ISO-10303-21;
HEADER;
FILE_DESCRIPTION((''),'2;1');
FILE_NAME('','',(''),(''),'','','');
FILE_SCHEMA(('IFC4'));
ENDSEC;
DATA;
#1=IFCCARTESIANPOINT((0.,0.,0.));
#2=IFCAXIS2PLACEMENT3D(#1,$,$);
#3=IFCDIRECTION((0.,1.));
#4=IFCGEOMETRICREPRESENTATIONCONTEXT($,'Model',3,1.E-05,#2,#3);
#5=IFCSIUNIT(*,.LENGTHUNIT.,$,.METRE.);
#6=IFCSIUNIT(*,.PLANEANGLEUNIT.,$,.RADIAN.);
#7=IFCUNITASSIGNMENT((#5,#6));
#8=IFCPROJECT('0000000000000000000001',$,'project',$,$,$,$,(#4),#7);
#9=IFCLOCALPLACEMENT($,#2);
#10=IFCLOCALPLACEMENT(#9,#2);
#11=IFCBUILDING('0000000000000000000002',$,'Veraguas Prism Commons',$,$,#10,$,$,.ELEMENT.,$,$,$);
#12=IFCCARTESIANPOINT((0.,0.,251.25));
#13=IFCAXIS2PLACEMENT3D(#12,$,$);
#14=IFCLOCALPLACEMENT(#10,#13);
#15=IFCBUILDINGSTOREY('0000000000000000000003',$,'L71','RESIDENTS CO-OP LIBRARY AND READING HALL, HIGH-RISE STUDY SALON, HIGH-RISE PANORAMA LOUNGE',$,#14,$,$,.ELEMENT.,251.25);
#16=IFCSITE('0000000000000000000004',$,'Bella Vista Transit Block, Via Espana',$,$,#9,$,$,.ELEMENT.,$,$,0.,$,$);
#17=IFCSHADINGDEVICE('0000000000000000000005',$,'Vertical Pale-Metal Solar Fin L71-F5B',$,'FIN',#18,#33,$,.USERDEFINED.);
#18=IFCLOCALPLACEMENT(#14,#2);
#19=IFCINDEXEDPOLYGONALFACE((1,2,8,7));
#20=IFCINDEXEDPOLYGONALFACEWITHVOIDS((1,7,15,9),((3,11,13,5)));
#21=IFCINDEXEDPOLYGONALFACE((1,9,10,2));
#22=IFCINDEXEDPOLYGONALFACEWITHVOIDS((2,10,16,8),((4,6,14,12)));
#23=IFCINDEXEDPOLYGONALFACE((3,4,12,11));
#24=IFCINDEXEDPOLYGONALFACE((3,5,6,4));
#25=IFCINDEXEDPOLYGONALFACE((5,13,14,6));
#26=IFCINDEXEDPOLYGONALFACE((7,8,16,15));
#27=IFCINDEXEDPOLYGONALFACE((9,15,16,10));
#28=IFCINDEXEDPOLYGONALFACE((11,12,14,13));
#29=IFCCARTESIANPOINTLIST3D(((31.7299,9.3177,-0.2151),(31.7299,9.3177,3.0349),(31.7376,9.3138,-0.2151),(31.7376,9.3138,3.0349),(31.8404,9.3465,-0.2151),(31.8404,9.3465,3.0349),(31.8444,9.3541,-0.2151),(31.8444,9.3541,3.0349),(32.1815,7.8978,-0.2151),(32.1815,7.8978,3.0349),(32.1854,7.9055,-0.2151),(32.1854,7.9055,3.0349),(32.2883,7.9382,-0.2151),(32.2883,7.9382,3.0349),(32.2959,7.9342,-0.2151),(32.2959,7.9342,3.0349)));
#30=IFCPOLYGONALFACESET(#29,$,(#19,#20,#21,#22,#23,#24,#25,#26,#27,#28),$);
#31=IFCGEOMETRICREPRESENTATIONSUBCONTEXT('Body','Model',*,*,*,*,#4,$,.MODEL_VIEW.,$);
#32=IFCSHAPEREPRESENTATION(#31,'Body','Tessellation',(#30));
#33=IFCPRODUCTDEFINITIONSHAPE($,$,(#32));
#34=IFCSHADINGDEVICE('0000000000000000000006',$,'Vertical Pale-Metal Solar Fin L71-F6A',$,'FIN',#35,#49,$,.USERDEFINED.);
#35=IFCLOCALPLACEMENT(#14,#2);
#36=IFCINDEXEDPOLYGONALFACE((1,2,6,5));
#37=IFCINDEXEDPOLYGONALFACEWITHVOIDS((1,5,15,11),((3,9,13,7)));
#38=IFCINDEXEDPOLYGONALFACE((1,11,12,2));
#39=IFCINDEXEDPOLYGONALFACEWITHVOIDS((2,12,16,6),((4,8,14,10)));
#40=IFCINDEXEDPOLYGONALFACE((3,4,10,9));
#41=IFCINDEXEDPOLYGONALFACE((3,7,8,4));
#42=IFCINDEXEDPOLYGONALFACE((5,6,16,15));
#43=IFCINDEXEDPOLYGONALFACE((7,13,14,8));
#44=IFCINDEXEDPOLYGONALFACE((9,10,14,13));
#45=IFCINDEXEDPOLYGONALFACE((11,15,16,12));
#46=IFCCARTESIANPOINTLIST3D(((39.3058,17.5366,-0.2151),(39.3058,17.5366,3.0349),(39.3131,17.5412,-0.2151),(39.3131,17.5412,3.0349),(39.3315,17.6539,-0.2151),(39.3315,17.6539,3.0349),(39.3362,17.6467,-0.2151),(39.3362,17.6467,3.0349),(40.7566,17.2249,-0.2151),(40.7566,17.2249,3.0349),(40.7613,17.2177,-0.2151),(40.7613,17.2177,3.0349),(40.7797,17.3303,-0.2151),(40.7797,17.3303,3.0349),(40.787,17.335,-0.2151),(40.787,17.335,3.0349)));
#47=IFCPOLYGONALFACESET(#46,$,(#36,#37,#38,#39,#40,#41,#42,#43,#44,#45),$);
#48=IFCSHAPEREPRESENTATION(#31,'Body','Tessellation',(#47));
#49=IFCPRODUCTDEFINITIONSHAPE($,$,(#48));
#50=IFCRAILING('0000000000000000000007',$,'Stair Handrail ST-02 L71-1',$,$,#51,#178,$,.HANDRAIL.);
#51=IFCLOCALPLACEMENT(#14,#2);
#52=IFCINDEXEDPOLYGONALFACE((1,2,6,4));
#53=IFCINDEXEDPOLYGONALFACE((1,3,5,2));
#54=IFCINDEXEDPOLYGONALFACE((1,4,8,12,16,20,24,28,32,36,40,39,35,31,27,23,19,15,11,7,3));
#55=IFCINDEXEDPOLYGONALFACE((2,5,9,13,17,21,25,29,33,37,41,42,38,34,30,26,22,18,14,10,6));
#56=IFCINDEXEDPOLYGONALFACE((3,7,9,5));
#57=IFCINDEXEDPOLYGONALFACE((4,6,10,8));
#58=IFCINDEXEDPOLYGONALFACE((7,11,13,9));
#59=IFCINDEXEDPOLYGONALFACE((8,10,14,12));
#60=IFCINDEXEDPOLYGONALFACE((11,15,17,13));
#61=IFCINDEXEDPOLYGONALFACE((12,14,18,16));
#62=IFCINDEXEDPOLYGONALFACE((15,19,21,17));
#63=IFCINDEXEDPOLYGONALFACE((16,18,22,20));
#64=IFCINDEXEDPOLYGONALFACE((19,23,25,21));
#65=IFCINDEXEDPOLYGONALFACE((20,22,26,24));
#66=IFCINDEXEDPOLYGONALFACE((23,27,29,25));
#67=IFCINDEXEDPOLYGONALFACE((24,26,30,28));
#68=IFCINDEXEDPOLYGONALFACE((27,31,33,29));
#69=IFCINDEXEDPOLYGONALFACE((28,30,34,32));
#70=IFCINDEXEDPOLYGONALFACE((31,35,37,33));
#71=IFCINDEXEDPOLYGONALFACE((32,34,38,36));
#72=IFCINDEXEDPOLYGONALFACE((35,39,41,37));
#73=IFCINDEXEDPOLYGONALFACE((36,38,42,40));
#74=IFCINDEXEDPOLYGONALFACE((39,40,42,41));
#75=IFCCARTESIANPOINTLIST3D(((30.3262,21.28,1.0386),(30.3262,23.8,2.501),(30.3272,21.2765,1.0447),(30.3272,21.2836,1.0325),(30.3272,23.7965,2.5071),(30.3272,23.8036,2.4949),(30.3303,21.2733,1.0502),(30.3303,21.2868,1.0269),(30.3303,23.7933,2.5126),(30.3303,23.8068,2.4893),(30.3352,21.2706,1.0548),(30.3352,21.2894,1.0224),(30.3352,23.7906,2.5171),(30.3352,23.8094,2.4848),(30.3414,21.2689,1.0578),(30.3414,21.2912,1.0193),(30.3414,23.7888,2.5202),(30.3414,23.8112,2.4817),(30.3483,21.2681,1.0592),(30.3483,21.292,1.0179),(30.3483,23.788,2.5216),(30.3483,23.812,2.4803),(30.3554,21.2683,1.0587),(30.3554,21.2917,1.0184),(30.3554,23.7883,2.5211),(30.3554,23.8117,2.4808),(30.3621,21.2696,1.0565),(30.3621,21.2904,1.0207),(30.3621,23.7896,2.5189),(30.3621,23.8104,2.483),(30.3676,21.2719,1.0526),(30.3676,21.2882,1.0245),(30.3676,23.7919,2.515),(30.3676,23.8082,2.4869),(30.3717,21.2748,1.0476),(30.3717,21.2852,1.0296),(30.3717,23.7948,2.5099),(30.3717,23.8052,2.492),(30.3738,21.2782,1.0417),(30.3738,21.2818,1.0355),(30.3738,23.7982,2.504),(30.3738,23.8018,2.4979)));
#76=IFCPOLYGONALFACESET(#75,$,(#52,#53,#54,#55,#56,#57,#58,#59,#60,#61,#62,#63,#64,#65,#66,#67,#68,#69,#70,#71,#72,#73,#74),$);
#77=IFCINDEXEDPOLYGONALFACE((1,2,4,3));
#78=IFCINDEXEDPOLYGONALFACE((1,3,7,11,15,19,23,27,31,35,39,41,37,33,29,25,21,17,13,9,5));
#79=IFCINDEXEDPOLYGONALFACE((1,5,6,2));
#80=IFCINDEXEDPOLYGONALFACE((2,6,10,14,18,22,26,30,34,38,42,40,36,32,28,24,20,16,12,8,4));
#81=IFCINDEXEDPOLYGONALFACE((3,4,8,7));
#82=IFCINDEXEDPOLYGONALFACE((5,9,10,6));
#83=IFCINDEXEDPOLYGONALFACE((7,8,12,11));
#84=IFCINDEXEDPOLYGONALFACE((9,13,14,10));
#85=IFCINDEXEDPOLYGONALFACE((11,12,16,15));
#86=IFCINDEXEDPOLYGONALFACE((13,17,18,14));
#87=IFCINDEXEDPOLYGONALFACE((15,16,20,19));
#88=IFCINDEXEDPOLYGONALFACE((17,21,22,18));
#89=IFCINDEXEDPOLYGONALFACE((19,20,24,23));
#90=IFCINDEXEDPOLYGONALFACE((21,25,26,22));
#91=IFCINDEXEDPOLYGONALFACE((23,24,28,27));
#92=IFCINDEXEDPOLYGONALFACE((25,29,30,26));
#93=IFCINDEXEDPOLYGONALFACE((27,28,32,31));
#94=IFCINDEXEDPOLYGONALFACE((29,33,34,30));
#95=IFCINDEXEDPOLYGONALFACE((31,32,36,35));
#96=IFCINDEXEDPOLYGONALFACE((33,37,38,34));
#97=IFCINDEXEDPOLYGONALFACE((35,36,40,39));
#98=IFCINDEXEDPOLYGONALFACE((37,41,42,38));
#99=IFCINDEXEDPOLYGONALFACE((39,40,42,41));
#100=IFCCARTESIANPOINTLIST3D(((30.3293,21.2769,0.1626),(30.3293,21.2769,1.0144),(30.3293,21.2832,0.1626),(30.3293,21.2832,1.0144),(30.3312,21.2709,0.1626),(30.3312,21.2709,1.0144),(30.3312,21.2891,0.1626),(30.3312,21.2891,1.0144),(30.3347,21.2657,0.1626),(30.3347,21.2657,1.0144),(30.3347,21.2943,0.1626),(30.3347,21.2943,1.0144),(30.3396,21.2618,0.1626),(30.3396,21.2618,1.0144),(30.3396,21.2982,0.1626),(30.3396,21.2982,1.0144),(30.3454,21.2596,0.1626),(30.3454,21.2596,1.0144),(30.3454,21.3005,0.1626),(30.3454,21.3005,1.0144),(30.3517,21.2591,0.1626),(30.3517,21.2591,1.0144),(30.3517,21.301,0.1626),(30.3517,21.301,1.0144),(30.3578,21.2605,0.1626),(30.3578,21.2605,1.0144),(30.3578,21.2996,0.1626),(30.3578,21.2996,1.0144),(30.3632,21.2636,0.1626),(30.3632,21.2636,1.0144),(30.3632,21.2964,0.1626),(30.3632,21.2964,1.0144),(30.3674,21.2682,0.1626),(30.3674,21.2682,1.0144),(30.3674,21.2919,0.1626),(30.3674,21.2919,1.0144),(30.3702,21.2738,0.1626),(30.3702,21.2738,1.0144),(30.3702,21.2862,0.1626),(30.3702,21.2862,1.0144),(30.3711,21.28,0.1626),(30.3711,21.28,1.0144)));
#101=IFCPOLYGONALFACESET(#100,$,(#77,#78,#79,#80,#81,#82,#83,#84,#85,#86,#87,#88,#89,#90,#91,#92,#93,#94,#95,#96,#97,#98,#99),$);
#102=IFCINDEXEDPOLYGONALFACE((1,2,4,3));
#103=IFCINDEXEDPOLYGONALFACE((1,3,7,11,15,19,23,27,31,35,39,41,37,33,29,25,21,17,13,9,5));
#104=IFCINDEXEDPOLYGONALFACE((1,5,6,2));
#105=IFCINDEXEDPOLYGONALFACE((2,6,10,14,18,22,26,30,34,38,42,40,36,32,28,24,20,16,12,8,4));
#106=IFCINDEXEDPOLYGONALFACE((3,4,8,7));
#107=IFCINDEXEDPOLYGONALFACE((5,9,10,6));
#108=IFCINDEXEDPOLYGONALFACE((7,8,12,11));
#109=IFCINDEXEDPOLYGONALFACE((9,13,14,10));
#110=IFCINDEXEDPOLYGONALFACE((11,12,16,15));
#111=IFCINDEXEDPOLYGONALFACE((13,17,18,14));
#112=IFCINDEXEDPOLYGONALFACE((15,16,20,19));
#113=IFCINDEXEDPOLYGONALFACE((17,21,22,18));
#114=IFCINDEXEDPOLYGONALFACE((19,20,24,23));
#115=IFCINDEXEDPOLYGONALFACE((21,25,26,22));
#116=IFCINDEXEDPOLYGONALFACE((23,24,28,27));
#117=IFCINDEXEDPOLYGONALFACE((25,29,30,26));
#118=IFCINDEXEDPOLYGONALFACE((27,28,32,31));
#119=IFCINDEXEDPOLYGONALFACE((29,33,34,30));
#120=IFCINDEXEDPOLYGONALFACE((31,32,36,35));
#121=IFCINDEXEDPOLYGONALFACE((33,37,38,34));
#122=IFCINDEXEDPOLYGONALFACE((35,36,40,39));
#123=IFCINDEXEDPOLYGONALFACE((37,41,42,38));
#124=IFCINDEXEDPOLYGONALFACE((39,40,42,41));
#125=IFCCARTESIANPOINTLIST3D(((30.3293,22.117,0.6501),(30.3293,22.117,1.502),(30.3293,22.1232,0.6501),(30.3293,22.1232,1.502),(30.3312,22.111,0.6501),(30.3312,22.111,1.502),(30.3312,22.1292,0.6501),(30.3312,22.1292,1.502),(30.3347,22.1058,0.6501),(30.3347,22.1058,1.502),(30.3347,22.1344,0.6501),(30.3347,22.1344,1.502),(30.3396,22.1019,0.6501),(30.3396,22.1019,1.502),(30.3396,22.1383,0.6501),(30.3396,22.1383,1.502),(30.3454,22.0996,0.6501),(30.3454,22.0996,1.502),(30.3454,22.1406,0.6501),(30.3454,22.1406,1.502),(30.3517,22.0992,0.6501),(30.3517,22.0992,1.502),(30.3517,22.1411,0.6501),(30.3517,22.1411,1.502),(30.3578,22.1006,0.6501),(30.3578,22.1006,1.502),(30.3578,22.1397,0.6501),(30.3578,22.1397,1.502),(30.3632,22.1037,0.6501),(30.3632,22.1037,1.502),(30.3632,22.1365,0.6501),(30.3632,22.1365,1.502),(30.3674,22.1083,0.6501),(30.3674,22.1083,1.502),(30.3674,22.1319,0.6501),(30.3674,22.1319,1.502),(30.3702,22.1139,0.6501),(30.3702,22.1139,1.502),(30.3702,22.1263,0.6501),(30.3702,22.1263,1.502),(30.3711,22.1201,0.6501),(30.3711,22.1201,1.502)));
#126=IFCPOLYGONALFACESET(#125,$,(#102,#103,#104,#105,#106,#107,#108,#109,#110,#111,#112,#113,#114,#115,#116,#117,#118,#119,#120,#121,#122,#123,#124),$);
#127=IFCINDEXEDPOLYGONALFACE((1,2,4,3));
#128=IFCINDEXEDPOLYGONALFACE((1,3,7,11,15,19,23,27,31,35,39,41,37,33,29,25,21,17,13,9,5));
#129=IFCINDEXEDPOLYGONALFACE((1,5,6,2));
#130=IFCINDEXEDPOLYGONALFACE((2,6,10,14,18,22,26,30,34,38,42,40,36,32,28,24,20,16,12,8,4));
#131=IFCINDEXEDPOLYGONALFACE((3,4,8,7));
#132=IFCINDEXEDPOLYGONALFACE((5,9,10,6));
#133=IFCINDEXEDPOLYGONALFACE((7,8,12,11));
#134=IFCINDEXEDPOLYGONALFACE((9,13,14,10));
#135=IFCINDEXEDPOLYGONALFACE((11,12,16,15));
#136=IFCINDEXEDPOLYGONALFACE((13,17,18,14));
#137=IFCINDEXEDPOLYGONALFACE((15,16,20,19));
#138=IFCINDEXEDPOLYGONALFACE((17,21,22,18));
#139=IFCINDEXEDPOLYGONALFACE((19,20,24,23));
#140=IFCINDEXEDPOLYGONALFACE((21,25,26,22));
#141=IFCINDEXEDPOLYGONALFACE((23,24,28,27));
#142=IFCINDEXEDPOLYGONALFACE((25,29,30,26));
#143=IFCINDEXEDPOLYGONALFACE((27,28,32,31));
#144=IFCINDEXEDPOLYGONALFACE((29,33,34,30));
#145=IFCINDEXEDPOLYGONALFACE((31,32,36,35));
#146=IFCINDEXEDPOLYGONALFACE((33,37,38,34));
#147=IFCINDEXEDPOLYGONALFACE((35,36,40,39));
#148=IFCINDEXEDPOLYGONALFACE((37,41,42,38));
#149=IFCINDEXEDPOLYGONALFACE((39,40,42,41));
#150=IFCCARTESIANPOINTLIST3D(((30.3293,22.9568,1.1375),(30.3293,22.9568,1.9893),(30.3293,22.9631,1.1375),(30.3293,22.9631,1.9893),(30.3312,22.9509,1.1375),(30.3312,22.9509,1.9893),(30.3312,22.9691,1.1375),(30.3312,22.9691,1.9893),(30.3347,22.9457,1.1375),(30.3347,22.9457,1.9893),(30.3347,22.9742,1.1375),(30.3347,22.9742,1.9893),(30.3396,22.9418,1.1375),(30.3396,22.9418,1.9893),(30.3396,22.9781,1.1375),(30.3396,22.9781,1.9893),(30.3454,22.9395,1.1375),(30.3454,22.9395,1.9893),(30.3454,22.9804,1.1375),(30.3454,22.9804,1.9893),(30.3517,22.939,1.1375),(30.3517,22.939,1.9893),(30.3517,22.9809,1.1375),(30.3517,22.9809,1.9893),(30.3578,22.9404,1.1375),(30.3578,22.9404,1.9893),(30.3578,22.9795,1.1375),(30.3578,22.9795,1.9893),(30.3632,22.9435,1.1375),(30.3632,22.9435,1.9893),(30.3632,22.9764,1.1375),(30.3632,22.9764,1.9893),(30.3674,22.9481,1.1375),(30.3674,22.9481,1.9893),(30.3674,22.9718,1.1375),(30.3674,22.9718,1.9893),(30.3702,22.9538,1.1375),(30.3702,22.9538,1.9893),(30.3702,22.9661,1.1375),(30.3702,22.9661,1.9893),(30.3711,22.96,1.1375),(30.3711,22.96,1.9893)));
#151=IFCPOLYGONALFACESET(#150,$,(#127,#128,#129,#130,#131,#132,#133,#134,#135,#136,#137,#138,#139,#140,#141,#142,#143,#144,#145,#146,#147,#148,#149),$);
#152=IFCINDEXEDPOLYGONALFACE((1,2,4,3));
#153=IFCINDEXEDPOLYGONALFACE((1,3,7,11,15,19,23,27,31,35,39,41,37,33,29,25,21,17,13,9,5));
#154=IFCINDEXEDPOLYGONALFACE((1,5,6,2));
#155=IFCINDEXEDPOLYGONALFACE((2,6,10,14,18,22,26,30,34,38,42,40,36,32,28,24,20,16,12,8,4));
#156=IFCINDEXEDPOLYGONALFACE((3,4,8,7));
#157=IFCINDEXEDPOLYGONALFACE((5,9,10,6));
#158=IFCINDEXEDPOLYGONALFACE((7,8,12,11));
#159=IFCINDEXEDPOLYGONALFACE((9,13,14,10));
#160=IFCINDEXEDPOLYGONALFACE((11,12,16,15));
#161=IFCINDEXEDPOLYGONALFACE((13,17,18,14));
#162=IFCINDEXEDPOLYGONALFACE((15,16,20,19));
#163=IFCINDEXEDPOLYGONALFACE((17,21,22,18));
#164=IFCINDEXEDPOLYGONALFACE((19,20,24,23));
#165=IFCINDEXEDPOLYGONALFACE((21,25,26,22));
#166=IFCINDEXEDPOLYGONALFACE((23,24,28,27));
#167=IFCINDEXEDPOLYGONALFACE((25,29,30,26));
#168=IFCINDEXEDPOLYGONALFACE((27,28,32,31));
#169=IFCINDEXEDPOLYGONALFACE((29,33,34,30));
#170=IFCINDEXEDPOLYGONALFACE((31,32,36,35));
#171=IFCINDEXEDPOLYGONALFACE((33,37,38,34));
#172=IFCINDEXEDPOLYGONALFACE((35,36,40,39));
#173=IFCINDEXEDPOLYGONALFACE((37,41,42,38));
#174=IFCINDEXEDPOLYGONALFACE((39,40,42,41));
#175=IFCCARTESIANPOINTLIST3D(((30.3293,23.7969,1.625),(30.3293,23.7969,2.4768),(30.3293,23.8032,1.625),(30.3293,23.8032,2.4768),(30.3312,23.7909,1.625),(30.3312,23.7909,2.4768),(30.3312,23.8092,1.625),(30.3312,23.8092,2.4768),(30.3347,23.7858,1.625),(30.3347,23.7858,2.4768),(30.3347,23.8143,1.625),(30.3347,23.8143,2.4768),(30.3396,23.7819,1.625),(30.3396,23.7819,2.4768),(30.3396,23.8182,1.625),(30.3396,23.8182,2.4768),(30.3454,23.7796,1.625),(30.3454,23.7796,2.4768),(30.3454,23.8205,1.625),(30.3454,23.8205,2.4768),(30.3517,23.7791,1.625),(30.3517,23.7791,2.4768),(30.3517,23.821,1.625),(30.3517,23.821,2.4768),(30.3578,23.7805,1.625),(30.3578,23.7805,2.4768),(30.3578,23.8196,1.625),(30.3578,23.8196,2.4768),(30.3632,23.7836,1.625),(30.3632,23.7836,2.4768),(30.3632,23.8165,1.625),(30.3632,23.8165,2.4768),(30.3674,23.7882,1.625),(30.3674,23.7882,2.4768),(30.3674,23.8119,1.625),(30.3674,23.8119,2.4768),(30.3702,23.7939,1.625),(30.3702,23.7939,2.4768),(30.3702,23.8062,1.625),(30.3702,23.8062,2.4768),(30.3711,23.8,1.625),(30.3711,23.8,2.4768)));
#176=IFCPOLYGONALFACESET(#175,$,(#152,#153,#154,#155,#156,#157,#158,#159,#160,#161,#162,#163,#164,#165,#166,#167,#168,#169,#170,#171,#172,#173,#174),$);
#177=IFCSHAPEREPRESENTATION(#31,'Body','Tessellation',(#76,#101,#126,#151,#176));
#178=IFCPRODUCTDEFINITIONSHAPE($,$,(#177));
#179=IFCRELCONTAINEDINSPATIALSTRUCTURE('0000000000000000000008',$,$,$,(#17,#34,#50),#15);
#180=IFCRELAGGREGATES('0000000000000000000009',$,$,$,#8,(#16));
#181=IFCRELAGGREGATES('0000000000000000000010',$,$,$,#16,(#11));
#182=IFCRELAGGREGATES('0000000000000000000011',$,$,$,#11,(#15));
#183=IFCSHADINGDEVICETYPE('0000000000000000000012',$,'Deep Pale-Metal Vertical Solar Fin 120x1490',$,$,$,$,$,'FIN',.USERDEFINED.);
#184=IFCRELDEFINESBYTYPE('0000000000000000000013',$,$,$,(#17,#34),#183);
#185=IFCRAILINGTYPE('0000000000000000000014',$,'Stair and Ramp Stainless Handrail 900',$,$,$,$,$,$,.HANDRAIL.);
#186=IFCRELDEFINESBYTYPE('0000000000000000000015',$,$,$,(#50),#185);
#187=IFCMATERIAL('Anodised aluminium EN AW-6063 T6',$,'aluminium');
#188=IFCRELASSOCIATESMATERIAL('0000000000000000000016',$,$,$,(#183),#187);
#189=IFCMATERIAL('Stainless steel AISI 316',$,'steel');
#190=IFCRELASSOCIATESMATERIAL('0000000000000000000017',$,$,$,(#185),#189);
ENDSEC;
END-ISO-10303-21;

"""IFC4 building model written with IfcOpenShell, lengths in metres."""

from ifc_helpers import new_model, si_unit, direction, frame, origin, origin_2d, place, context, subcontext, project, spatial, hollow_rectangle, circle, extrude, material, material_profile, profile_set, type_object, element, save


model = new_model("IFC4")

# Units and contexts
model_context = context("Model", 3, precision=1e-05, world=origin(), true_north=direction((0.0, 1.0)))
body_context = subcontext(model_context, "Body", "Model", "MODEL_VIEW")
ifc_project = project(units=[si_unit("LENGTHUNIT", "METRE"), si_unit("PLANEANGLEUNIT", "RADIAN")], contexts=[model_context])

# Site, building, storey
site_placement = place(None, origin())
site = spatial("IfcSite", under=ifc_project, at=site_placement, Name="Bella Vista Transit Block, Via Espana", CompositionType="ELEMENT", RefElevation=0.0)
building_placement = place(site_placement, origin())
building = spatial("IfcBuilding", under=site, at=building_placement, Name="Veraguas Prism Commons", CompositionType="ELEMENT")
storey_placement = place(building_placement, frame((0.0, 0.0, 251.25)))
storey = spatial("IfcBuildingStorey", under=building, at=storey_placement, Name="L71", Description="RESIDENTS CO-OP LIBRARY AND READING HALL, HIGH-RISE STUDY SALON, HIGH-RISE PANORAMA LOUNGE", CompositionType="ELEMENT", Elevation=251.25)

# Shared definitions
ifc_material_1 = material(Name="Anodised aluminium EN AW-6063 T6", Category="aluminium")

# Shading devices
ifc_material_profile_1 = material_profile(ifc_material_1, hollow_rectangle(XDim=0.1201, YDim=1.49, WallThickness=0.0061, at=origin_2d()), Name="FIN120X1490X6")
ifc_profile_set_1 = profile_set([ifc_material_profile_1], Name="Anodised aluminium EN AW-6063 T6")
shading_device_type = type_object("IfcShadingDeviceType", Name="Deep Pale-Metal Vertical Solar Fin 120x1490", ElementType="FIN", PredefinedType="USERDEFINED", material=ifc_profile_set_1)
for number, where, z_axis, x_axis, name in (
    (1, (32.0129, 8.626, -0.2151), (0.0, 0.0, 1.0), (0.952979, 0.303035, 0.0), "Vertical Pale-Metal Solar Fin L71-F5B"),
    (2, (40.0464, 17.4358, -0.2151), (0.0, 0.0, 1.0), (0.214048, 0.976823, 0.0), "Vertical Pale-Metal Solar Fin L71-F6A"),
):
    element("IfcShadingDevice", number, at=place(storey_placement, frame(where, z_axis=z_axis, x_axis=x_axis)), inside=storey, type_object=shading_device_type, Name=name, ObjectType="FIN", PredefinedType="USERDEFINED", context=body_context, shape_type="SweptSolid", body=[
        extrude(hollow_rectangle(XDim=0.1201, YDim=1.49, WallThickness=0.0061, at=origin_2d()), origin(), (0.0, 0.0, 1.0), 3.25),
    ])

# Railing
ifc_material_2 = material(Name="Stainless steel AISI 316", Category="steel")
railing_type = type_object("IfcRailingType", Name="Stair and Ramp Stainless Handrail 900", PredefinedType="HANDRAIL", material=ifc_material_2)
railing_placement = place(storey_placement, frame((30.3501, 21.28, 0.1626)))
element("IfcRailing", 3, at=railing_placement, inside=storey, type_object=railing_type, Name="Stair Handrail ST-02 L71-1", PredefinedType="HANDRAIL", context=body_context, shape_type="SweptSolid", body=[
    extrude(circle(Radius=0.0239, at=origin_2d()), frame((0.0, 0.0, 0.876), z_axis=(0.0, 0.864913, 0.501921), x_axis=(-1.0, 0.0, 0.0)), (0.0, 0.0, 1.0), 2.9136),
    extrude(circle(Radius=0.021, at=origin_2d()), origin(), (0.0, 0.0, 1.0), 0.8518),
    extrude(circle(Radius=0.021, at=origin_2d()), frame((0.0, 0.8401, 0.4875)), (0.0, 0.0, 1.0), 0.8518),
    extrude(circle(Radius=0.021, at=origin_2d()), frame((0.0, 1.6799, 0.9749)), (0.0, 0.0, 1.0), 0.8518),
    extrude(circle(Radius=0.021, at=origin_2d()), frame((0.0, 2.52, 1.4624)), (0.0, 0.0, 1.0), 0.8518),
])

save(model, "model.ifc")
